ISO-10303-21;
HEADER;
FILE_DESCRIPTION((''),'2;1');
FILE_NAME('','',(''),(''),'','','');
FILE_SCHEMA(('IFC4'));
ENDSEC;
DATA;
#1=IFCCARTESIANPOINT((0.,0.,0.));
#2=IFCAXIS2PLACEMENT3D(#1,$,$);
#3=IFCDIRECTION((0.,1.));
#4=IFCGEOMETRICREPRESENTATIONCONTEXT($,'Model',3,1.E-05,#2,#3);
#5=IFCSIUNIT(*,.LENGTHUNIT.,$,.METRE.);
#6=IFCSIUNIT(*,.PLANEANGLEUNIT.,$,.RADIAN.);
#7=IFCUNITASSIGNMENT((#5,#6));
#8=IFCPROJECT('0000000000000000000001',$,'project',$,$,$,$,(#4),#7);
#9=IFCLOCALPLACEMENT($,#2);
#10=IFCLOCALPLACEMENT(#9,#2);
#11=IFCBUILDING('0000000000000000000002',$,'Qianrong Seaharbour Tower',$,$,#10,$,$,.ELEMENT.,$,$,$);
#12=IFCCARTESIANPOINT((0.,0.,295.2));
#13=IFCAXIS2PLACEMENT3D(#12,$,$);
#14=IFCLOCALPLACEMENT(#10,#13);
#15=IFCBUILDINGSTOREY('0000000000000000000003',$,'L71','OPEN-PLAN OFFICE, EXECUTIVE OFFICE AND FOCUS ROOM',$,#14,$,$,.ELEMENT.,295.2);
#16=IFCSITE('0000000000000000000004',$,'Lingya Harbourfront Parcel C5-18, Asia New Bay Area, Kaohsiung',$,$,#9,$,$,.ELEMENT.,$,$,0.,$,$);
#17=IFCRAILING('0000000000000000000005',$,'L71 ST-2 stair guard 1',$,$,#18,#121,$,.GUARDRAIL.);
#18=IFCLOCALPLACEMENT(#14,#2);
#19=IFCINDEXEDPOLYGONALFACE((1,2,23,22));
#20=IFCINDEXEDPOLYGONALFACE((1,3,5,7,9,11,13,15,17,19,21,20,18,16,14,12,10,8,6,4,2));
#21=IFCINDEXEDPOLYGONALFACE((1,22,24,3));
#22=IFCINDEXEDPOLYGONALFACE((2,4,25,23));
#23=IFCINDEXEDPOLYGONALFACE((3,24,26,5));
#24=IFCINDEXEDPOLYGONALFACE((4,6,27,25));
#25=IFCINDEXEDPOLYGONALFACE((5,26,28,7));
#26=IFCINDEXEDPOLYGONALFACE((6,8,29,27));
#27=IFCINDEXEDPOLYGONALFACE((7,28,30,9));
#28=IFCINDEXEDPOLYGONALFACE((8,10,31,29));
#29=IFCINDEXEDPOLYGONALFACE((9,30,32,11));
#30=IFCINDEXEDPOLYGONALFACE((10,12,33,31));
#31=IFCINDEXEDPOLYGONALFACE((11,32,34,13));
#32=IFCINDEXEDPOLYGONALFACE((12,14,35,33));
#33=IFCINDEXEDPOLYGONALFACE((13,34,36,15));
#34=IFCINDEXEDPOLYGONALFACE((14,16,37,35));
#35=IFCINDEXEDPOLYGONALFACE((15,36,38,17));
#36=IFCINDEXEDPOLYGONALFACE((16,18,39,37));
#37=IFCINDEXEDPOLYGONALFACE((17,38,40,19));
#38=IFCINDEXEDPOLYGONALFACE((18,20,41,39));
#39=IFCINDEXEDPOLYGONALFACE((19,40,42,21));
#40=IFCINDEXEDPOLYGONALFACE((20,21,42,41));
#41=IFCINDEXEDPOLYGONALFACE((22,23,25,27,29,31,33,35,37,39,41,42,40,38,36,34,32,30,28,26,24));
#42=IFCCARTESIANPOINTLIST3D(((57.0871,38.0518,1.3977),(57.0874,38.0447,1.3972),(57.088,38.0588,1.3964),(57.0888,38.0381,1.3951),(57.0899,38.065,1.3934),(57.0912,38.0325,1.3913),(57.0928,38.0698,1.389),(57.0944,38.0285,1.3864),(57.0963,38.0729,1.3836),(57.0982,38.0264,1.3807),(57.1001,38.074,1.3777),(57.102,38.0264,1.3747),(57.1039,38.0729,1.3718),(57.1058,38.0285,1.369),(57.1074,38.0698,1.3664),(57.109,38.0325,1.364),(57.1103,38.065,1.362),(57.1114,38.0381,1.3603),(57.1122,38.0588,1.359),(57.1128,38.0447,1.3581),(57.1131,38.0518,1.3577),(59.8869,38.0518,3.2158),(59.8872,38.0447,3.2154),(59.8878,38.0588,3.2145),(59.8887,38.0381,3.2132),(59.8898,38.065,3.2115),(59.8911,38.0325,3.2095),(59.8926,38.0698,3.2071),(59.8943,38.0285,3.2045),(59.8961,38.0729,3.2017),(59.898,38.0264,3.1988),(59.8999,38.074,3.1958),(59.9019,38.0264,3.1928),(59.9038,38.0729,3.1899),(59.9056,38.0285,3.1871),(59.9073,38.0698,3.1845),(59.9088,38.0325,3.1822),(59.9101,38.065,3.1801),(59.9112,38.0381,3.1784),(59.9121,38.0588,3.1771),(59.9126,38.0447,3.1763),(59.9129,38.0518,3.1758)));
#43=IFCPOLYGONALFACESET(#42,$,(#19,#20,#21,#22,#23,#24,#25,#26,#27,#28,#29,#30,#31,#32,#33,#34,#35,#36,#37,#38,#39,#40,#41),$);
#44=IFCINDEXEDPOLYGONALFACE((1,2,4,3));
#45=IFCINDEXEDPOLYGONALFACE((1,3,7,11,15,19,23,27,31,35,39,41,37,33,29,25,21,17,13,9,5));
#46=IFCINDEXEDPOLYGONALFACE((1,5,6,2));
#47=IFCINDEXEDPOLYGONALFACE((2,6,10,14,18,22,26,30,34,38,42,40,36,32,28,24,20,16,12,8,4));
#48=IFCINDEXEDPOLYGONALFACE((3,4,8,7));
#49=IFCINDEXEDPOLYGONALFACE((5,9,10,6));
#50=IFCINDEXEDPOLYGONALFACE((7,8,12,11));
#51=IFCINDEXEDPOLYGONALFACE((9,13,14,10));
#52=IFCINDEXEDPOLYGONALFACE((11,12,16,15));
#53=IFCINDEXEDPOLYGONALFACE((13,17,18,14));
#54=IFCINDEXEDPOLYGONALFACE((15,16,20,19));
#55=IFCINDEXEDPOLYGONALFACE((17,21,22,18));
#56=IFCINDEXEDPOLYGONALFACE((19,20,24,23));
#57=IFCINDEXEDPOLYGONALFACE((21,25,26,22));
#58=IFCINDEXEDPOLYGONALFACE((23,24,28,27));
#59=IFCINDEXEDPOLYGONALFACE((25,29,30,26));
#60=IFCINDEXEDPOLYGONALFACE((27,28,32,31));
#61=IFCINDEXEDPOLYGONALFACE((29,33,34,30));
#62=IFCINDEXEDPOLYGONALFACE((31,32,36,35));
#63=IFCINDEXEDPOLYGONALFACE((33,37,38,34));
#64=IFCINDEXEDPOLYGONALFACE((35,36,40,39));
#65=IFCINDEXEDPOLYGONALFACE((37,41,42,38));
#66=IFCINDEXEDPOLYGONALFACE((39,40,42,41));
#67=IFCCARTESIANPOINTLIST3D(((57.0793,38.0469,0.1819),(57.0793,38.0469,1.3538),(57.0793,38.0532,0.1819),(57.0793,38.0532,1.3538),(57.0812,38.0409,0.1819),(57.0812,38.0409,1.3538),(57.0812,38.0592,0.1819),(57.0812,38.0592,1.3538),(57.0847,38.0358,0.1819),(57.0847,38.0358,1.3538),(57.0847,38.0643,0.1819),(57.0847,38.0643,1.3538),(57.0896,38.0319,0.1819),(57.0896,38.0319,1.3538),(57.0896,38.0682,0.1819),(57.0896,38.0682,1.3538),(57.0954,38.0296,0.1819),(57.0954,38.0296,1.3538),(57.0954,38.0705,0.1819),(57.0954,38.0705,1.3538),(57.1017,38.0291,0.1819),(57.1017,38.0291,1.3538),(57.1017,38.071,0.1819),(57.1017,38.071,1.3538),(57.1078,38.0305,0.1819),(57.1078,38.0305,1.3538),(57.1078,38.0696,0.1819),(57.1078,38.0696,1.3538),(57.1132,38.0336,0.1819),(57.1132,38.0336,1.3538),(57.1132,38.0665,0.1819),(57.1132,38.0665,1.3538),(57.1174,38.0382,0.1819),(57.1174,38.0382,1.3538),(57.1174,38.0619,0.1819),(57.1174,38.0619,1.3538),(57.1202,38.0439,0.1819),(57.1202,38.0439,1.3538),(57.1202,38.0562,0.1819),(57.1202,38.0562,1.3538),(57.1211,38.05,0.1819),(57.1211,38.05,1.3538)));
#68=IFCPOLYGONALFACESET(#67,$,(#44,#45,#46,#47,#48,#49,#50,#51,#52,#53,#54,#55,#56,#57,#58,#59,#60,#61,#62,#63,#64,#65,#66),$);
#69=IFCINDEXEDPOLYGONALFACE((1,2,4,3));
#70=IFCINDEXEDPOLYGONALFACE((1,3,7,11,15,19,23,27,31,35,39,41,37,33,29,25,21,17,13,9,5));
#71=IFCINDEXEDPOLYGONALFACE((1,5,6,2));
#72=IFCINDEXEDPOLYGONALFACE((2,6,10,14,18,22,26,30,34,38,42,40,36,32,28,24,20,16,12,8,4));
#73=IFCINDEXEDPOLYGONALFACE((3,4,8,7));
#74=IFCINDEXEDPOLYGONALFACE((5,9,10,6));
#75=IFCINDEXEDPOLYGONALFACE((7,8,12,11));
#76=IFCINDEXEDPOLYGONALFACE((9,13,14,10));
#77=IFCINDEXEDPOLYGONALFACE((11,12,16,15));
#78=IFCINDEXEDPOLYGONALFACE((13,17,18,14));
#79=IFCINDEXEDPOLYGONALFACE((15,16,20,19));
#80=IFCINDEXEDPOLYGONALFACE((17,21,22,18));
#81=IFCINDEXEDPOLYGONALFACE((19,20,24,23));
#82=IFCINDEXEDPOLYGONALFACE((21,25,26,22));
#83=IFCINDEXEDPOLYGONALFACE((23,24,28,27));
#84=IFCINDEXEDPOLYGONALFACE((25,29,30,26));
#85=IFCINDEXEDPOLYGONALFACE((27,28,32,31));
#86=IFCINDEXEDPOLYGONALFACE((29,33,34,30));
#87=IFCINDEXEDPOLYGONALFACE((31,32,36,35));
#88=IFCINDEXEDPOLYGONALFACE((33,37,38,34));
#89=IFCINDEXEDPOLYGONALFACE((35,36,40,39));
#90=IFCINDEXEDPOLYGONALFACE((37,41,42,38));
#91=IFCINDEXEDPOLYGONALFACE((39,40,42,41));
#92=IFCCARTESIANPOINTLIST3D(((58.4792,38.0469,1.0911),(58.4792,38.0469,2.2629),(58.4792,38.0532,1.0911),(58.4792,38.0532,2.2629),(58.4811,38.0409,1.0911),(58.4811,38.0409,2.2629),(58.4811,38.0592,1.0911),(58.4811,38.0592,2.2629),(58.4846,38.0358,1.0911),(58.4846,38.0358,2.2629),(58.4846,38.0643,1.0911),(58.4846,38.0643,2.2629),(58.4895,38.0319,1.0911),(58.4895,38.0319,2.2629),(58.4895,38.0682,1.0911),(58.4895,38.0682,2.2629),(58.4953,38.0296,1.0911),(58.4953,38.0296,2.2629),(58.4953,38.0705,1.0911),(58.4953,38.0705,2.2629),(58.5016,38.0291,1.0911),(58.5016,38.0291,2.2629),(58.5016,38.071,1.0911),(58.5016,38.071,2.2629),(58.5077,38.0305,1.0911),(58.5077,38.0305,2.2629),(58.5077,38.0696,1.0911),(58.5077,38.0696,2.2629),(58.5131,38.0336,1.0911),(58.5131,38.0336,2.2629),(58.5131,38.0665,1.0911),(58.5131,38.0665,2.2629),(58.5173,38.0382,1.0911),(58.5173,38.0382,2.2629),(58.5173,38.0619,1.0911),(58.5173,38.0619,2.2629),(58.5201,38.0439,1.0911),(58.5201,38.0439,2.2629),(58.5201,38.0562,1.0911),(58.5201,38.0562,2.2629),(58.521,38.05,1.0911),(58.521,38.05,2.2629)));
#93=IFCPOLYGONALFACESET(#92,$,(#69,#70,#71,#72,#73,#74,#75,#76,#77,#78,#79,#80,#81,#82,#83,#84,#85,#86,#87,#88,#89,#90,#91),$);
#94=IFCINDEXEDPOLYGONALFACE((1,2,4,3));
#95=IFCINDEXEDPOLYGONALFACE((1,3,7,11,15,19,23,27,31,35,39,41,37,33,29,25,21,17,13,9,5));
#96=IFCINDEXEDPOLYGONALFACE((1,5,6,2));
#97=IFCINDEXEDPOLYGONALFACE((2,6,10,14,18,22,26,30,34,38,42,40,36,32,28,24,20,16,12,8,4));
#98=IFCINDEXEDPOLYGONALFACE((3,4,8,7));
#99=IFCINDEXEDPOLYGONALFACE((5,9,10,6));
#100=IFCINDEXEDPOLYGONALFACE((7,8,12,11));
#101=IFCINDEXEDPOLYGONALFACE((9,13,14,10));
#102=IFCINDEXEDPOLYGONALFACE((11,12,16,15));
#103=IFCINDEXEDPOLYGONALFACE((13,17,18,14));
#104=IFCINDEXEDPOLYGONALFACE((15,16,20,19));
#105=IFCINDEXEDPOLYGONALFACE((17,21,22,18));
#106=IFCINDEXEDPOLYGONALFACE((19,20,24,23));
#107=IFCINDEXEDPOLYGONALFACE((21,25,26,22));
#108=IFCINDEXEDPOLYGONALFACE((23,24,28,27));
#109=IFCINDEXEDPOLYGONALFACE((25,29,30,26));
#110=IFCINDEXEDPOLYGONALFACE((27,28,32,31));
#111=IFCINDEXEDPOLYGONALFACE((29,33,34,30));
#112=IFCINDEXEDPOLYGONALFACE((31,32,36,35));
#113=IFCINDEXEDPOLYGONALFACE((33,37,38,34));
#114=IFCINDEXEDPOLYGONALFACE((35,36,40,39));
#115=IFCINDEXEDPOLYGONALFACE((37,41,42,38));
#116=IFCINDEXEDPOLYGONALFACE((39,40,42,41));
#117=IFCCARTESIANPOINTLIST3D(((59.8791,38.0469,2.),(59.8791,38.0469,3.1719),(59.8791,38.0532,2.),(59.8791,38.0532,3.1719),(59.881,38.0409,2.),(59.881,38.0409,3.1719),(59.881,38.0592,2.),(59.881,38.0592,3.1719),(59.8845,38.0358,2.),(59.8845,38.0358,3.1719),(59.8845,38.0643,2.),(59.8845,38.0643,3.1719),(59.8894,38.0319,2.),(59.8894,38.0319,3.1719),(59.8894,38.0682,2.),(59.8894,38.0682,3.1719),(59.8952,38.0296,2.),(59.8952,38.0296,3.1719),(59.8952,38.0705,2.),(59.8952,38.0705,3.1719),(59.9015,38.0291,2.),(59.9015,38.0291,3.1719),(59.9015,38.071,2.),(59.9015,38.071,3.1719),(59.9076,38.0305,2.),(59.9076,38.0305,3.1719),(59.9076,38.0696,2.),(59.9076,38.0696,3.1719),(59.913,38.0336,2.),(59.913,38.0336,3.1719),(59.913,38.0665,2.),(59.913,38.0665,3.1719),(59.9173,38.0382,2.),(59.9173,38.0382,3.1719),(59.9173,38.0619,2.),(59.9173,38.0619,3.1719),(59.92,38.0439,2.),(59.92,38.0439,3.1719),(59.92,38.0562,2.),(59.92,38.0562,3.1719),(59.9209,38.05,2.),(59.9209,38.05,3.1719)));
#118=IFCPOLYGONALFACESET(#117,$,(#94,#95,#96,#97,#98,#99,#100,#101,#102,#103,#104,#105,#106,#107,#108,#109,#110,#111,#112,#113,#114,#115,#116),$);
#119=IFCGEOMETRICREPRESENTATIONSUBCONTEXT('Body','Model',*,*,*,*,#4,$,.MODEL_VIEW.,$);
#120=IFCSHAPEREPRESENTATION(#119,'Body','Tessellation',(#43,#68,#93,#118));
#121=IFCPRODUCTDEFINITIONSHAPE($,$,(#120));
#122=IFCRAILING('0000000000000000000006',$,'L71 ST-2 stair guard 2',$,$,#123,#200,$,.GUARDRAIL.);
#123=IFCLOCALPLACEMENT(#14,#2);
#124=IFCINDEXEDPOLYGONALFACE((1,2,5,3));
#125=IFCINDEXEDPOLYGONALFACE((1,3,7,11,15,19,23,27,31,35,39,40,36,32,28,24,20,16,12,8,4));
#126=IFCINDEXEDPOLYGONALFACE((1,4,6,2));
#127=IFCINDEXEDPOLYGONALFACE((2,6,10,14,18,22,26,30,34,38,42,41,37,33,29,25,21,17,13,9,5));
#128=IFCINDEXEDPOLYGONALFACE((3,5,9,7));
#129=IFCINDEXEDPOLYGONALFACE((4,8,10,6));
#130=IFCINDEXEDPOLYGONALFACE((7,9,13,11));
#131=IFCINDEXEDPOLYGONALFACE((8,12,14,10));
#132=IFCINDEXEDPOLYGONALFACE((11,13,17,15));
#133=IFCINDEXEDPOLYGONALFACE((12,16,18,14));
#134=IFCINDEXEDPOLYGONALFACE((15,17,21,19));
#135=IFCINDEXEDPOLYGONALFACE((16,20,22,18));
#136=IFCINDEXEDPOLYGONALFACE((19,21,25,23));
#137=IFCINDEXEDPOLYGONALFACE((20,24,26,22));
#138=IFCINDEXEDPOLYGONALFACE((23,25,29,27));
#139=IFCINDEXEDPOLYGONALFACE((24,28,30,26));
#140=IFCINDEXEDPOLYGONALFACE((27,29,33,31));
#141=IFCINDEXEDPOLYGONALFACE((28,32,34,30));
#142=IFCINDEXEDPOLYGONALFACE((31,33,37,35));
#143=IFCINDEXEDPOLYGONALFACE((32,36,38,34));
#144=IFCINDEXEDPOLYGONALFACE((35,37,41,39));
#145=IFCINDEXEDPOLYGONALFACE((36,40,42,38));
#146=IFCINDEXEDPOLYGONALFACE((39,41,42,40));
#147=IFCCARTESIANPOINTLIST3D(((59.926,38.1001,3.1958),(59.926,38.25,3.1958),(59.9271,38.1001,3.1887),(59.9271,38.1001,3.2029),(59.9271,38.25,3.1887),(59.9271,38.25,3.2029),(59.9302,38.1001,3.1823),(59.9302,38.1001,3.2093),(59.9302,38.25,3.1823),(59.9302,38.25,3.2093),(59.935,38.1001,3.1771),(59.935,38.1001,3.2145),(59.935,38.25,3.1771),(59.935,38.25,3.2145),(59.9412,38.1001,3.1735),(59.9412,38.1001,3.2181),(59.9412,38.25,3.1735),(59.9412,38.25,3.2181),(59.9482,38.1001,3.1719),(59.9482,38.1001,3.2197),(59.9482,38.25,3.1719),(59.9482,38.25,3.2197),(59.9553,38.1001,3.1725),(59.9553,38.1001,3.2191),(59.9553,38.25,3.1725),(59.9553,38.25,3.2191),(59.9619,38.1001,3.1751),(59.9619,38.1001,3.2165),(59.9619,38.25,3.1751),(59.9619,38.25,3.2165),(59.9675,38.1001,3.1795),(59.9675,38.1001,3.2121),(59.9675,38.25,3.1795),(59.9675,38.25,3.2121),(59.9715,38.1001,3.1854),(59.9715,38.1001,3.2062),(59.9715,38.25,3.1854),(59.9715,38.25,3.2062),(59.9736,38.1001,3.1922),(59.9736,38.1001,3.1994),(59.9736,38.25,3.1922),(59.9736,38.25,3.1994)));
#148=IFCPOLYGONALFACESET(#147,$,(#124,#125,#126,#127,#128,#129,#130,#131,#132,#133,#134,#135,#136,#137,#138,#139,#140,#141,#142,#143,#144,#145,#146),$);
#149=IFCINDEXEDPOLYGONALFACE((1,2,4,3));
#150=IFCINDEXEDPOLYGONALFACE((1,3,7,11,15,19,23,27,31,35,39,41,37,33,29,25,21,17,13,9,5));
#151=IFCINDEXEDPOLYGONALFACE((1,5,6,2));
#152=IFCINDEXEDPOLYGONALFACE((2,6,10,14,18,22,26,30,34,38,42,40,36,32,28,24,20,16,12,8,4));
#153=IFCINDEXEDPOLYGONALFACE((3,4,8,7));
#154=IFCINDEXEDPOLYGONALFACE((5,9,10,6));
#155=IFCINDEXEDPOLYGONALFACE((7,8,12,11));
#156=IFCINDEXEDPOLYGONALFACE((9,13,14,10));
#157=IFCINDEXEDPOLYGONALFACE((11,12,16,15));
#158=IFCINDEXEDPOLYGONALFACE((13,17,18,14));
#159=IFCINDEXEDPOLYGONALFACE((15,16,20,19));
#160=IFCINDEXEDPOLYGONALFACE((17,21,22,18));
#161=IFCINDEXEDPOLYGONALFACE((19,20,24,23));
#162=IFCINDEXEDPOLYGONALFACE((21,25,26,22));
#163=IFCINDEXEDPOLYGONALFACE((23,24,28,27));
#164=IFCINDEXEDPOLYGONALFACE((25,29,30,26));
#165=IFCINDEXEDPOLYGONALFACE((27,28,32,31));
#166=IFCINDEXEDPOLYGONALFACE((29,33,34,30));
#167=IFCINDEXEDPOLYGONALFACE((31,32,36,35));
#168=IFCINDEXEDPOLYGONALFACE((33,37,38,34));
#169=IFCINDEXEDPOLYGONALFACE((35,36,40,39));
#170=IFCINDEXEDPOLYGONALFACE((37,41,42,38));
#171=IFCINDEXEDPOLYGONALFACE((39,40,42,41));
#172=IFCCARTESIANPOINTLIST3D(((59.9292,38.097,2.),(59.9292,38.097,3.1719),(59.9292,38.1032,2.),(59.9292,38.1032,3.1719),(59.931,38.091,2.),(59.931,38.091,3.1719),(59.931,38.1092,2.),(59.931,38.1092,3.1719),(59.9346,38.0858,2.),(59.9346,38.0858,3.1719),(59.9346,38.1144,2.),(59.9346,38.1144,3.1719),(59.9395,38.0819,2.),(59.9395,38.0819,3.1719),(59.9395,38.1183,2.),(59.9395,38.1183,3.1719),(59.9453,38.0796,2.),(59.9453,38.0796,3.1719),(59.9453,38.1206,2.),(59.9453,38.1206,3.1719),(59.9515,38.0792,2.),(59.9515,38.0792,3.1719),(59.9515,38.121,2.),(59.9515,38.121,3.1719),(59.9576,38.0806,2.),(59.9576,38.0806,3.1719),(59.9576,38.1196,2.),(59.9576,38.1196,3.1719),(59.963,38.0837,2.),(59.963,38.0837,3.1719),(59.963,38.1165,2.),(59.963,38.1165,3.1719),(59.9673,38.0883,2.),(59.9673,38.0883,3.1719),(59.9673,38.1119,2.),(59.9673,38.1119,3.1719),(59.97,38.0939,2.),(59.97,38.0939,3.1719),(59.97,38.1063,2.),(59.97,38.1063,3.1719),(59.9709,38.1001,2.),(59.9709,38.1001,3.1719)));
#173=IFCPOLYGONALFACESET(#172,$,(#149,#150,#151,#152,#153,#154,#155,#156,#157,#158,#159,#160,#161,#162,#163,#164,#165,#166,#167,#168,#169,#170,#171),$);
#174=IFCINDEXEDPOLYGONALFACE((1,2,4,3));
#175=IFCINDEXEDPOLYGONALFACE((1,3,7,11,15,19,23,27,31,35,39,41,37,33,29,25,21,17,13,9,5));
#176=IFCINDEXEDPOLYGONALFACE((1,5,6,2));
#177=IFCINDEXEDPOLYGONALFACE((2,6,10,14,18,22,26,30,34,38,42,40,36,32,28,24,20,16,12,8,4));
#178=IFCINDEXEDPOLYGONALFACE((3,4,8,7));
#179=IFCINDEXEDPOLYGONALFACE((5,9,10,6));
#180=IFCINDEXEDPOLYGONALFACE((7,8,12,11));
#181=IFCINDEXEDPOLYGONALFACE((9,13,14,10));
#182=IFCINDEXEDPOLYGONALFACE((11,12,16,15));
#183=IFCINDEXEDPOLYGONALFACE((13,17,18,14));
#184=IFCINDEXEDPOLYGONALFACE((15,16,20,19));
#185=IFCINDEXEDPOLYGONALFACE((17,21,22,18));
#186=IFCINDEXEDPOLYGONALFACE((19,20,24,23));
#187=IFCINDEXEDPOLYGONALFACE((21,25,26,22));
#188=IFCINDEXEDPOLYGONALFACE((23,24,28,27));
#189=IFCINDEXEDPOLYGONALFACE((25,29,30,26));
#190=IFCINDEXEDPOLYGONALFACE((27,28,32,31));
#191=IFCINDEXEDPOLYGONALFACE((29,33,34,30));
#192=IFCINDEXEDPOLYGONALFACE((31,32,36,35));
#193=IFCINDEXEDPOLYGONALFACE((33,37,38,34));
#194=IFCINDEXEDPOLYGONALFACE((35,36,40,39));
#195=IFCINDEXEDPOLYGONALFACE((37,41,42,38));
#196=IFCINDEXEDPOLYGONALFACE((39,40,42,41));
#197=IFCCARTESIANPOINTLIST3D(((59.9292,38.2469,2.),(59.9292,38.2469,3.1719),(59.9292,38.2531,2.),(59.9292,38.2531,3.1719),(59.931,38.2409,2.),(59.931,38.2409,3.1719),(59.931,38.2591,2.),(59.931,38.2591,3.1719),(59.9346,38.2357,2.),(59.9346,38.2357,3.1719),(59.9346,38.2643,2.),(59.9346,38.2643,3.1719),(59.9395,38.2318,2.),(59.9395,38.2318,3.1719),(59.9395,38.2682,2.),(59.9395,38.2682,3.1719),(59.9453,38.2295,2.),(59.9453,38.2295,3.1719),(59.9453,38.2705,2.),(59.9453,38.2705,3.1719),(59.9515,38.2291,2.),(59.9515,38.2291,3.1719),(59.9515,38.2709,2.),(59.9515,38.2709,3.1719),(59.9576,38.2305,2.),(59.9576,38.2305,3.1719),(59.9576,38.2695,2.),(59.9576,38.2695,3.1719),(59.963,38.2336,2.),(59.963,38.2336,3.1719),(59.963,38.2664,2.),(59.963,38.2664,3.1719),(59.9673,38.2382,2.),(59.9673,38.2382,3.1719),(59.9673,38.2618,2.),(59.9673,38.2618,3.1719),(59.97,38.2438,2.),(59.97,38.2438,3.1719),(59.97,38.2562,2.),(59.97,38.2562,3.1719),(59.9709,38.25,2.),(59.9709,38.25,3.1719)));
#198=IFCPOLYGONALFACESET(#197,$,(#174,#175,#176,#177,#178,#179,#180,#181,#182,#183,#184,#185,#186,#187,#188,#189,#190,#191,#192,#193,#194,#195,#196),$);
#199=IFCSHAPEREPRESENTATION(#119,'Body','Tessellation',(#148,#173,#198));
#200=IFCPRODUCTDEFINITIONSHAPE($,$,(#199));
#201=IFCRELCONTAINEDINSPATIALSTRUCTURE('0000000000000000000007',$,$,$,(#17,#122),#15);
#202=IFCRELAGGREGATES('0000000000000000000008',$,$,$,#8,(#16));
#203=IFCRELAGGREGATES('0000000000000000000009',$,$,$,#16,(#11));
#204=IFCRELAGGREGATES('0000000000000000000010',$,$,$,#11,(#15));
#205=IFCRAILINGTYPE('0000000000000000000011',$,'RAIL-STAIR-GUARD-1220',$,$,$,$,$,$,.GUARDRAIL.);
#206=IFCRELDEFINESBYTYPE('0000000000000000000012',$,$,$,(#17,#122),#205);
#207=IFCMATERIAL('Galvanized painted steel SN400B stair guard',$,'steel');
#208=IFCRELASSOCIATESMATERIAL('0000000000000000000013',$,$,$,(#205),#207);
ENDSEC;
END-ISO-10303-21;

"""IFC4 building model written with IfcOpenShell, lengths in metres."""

from ifc_helpers import new_model, si_unit, direction, frame, origin, origin_2d, place, context, subcontext, project, spatial, circle, extrude, material, type_object, element, save


model = new_model("IFC4")

# Units and contexts
model_context = context("Model", 3, precision=1e-05, world=origin(), true_north=direction((0.0, 1.0)))
body_context = subcontext(model_context, "Body", "Model", "MODEL_VIEW")
ifc_project = project(units=[si_unit("LENGTHUNIT", "METRE"), si_unit("PLANEANGLEUNIT", "RADIAN")], contexts=[model_context])

# Site, building, storey
site_placement = place(None, origin())
site = spatial("IfcSite", under=ifc_project, at=site_placement, Name="Lingya Harbourfront Parcel C5-18, Asia New Bay Area, Kaohsiung", CompositionType="ELEMENT", RefElevation=0.0)
building_placement = place(site_placement, origin())
building = spatial("IfcBuilding", under=site, at=building_placement, Name="Qianrong Seaharbour Tower", CompositionType="ELEMENT")
storey_placement = place(building_placement, frame((0.0, 0.0, 295.2)))
storey = spatial("IfcBuildingStorey", under=building, at=storey_placement, Name="L71", Description="OPEN-PLAN OFFICE, EXECUTIVE OFFICE AND FOCUS ROOM", CompositionType="ELEMENT", Elevation=295.2)

# Railings
ifc_material_1 = material(Name="Galvanized painted steel SN400B stair guard", Category="steel")
railing_type_1 = type_object("IfcRailingType", Name="RAIL-STAIR-GUARD-1220", PredefinedType="GUARDRAIL", material=ifc_material_1)
railing_1_placement = place(storey_placement, frame((57.1001, 38.05, 0.1819)))
element("IfcRailing", 1, at=railing_1_placement, inside=storey, type_object=railing_type_1, Name="L71 ST-2 stair guard 1", PredefinedType="GUARDRAIL", context=body_context, shape_type="SweptSolid", body=[
    extrude(circle(Radius=0.0239, at=origin_2d()), frame((0.0, 0.0, 1.1958), z_axis=(0.838684, 0.0, 0.544618), x_axis=(0.0, 1.0, 0.0)), (0.0, 0.0, 1.0), 3.3384),
    extrude(circle(Radius=0.021, at=origin_2d()), origin(), (0.0, 0.0, 1.0), 1.1719),
    extrude(circle(Radius=0.021, at=origin_2d()), frame((1.3999, 0.0, 0.9092)), (0.0, 0.0, 1.0), 1.1719),
    extrude(circle(Radius=0.021, at=origin_2d()), frame((2.7998, 0.0, 1.8181)), (0.0, 0.0, 1.0), 1.1719),
])
railing_2_placement = place(storey_placement, frame((59.95, 38.1001, 2.0)))
element("IfcRailing", 2, at=railing_2_placement, inside=storey, type_object=railing_type_1, Name="L71 ST-2 stair guard 2", PredefinedType="GUARDRAIL", context=body_context, shape_type="SweptSolid", body=[
    extrude(circle(Radius=0.0239, at=origin_2d()), frame((0.0, 0.0, 1.1958), z_axis=(0.0, 1.0, 0.0), x_axis=(-1.0, 0.0, 0.0)), (0.0, 0.0, 1.0), 0.1499),
    extrude(circle(Radius=0.021, at=origin_2d()), origin(), (0.0, 0.0, 1.0), 1.1719),
    extrude(circle(Radius=0.021, at=origin_2d()), frame((0.0, 0.1499, 0.0)), (0.0, 0.0, 1.0), 1.1719),
])

save(model, "model.ifc")
